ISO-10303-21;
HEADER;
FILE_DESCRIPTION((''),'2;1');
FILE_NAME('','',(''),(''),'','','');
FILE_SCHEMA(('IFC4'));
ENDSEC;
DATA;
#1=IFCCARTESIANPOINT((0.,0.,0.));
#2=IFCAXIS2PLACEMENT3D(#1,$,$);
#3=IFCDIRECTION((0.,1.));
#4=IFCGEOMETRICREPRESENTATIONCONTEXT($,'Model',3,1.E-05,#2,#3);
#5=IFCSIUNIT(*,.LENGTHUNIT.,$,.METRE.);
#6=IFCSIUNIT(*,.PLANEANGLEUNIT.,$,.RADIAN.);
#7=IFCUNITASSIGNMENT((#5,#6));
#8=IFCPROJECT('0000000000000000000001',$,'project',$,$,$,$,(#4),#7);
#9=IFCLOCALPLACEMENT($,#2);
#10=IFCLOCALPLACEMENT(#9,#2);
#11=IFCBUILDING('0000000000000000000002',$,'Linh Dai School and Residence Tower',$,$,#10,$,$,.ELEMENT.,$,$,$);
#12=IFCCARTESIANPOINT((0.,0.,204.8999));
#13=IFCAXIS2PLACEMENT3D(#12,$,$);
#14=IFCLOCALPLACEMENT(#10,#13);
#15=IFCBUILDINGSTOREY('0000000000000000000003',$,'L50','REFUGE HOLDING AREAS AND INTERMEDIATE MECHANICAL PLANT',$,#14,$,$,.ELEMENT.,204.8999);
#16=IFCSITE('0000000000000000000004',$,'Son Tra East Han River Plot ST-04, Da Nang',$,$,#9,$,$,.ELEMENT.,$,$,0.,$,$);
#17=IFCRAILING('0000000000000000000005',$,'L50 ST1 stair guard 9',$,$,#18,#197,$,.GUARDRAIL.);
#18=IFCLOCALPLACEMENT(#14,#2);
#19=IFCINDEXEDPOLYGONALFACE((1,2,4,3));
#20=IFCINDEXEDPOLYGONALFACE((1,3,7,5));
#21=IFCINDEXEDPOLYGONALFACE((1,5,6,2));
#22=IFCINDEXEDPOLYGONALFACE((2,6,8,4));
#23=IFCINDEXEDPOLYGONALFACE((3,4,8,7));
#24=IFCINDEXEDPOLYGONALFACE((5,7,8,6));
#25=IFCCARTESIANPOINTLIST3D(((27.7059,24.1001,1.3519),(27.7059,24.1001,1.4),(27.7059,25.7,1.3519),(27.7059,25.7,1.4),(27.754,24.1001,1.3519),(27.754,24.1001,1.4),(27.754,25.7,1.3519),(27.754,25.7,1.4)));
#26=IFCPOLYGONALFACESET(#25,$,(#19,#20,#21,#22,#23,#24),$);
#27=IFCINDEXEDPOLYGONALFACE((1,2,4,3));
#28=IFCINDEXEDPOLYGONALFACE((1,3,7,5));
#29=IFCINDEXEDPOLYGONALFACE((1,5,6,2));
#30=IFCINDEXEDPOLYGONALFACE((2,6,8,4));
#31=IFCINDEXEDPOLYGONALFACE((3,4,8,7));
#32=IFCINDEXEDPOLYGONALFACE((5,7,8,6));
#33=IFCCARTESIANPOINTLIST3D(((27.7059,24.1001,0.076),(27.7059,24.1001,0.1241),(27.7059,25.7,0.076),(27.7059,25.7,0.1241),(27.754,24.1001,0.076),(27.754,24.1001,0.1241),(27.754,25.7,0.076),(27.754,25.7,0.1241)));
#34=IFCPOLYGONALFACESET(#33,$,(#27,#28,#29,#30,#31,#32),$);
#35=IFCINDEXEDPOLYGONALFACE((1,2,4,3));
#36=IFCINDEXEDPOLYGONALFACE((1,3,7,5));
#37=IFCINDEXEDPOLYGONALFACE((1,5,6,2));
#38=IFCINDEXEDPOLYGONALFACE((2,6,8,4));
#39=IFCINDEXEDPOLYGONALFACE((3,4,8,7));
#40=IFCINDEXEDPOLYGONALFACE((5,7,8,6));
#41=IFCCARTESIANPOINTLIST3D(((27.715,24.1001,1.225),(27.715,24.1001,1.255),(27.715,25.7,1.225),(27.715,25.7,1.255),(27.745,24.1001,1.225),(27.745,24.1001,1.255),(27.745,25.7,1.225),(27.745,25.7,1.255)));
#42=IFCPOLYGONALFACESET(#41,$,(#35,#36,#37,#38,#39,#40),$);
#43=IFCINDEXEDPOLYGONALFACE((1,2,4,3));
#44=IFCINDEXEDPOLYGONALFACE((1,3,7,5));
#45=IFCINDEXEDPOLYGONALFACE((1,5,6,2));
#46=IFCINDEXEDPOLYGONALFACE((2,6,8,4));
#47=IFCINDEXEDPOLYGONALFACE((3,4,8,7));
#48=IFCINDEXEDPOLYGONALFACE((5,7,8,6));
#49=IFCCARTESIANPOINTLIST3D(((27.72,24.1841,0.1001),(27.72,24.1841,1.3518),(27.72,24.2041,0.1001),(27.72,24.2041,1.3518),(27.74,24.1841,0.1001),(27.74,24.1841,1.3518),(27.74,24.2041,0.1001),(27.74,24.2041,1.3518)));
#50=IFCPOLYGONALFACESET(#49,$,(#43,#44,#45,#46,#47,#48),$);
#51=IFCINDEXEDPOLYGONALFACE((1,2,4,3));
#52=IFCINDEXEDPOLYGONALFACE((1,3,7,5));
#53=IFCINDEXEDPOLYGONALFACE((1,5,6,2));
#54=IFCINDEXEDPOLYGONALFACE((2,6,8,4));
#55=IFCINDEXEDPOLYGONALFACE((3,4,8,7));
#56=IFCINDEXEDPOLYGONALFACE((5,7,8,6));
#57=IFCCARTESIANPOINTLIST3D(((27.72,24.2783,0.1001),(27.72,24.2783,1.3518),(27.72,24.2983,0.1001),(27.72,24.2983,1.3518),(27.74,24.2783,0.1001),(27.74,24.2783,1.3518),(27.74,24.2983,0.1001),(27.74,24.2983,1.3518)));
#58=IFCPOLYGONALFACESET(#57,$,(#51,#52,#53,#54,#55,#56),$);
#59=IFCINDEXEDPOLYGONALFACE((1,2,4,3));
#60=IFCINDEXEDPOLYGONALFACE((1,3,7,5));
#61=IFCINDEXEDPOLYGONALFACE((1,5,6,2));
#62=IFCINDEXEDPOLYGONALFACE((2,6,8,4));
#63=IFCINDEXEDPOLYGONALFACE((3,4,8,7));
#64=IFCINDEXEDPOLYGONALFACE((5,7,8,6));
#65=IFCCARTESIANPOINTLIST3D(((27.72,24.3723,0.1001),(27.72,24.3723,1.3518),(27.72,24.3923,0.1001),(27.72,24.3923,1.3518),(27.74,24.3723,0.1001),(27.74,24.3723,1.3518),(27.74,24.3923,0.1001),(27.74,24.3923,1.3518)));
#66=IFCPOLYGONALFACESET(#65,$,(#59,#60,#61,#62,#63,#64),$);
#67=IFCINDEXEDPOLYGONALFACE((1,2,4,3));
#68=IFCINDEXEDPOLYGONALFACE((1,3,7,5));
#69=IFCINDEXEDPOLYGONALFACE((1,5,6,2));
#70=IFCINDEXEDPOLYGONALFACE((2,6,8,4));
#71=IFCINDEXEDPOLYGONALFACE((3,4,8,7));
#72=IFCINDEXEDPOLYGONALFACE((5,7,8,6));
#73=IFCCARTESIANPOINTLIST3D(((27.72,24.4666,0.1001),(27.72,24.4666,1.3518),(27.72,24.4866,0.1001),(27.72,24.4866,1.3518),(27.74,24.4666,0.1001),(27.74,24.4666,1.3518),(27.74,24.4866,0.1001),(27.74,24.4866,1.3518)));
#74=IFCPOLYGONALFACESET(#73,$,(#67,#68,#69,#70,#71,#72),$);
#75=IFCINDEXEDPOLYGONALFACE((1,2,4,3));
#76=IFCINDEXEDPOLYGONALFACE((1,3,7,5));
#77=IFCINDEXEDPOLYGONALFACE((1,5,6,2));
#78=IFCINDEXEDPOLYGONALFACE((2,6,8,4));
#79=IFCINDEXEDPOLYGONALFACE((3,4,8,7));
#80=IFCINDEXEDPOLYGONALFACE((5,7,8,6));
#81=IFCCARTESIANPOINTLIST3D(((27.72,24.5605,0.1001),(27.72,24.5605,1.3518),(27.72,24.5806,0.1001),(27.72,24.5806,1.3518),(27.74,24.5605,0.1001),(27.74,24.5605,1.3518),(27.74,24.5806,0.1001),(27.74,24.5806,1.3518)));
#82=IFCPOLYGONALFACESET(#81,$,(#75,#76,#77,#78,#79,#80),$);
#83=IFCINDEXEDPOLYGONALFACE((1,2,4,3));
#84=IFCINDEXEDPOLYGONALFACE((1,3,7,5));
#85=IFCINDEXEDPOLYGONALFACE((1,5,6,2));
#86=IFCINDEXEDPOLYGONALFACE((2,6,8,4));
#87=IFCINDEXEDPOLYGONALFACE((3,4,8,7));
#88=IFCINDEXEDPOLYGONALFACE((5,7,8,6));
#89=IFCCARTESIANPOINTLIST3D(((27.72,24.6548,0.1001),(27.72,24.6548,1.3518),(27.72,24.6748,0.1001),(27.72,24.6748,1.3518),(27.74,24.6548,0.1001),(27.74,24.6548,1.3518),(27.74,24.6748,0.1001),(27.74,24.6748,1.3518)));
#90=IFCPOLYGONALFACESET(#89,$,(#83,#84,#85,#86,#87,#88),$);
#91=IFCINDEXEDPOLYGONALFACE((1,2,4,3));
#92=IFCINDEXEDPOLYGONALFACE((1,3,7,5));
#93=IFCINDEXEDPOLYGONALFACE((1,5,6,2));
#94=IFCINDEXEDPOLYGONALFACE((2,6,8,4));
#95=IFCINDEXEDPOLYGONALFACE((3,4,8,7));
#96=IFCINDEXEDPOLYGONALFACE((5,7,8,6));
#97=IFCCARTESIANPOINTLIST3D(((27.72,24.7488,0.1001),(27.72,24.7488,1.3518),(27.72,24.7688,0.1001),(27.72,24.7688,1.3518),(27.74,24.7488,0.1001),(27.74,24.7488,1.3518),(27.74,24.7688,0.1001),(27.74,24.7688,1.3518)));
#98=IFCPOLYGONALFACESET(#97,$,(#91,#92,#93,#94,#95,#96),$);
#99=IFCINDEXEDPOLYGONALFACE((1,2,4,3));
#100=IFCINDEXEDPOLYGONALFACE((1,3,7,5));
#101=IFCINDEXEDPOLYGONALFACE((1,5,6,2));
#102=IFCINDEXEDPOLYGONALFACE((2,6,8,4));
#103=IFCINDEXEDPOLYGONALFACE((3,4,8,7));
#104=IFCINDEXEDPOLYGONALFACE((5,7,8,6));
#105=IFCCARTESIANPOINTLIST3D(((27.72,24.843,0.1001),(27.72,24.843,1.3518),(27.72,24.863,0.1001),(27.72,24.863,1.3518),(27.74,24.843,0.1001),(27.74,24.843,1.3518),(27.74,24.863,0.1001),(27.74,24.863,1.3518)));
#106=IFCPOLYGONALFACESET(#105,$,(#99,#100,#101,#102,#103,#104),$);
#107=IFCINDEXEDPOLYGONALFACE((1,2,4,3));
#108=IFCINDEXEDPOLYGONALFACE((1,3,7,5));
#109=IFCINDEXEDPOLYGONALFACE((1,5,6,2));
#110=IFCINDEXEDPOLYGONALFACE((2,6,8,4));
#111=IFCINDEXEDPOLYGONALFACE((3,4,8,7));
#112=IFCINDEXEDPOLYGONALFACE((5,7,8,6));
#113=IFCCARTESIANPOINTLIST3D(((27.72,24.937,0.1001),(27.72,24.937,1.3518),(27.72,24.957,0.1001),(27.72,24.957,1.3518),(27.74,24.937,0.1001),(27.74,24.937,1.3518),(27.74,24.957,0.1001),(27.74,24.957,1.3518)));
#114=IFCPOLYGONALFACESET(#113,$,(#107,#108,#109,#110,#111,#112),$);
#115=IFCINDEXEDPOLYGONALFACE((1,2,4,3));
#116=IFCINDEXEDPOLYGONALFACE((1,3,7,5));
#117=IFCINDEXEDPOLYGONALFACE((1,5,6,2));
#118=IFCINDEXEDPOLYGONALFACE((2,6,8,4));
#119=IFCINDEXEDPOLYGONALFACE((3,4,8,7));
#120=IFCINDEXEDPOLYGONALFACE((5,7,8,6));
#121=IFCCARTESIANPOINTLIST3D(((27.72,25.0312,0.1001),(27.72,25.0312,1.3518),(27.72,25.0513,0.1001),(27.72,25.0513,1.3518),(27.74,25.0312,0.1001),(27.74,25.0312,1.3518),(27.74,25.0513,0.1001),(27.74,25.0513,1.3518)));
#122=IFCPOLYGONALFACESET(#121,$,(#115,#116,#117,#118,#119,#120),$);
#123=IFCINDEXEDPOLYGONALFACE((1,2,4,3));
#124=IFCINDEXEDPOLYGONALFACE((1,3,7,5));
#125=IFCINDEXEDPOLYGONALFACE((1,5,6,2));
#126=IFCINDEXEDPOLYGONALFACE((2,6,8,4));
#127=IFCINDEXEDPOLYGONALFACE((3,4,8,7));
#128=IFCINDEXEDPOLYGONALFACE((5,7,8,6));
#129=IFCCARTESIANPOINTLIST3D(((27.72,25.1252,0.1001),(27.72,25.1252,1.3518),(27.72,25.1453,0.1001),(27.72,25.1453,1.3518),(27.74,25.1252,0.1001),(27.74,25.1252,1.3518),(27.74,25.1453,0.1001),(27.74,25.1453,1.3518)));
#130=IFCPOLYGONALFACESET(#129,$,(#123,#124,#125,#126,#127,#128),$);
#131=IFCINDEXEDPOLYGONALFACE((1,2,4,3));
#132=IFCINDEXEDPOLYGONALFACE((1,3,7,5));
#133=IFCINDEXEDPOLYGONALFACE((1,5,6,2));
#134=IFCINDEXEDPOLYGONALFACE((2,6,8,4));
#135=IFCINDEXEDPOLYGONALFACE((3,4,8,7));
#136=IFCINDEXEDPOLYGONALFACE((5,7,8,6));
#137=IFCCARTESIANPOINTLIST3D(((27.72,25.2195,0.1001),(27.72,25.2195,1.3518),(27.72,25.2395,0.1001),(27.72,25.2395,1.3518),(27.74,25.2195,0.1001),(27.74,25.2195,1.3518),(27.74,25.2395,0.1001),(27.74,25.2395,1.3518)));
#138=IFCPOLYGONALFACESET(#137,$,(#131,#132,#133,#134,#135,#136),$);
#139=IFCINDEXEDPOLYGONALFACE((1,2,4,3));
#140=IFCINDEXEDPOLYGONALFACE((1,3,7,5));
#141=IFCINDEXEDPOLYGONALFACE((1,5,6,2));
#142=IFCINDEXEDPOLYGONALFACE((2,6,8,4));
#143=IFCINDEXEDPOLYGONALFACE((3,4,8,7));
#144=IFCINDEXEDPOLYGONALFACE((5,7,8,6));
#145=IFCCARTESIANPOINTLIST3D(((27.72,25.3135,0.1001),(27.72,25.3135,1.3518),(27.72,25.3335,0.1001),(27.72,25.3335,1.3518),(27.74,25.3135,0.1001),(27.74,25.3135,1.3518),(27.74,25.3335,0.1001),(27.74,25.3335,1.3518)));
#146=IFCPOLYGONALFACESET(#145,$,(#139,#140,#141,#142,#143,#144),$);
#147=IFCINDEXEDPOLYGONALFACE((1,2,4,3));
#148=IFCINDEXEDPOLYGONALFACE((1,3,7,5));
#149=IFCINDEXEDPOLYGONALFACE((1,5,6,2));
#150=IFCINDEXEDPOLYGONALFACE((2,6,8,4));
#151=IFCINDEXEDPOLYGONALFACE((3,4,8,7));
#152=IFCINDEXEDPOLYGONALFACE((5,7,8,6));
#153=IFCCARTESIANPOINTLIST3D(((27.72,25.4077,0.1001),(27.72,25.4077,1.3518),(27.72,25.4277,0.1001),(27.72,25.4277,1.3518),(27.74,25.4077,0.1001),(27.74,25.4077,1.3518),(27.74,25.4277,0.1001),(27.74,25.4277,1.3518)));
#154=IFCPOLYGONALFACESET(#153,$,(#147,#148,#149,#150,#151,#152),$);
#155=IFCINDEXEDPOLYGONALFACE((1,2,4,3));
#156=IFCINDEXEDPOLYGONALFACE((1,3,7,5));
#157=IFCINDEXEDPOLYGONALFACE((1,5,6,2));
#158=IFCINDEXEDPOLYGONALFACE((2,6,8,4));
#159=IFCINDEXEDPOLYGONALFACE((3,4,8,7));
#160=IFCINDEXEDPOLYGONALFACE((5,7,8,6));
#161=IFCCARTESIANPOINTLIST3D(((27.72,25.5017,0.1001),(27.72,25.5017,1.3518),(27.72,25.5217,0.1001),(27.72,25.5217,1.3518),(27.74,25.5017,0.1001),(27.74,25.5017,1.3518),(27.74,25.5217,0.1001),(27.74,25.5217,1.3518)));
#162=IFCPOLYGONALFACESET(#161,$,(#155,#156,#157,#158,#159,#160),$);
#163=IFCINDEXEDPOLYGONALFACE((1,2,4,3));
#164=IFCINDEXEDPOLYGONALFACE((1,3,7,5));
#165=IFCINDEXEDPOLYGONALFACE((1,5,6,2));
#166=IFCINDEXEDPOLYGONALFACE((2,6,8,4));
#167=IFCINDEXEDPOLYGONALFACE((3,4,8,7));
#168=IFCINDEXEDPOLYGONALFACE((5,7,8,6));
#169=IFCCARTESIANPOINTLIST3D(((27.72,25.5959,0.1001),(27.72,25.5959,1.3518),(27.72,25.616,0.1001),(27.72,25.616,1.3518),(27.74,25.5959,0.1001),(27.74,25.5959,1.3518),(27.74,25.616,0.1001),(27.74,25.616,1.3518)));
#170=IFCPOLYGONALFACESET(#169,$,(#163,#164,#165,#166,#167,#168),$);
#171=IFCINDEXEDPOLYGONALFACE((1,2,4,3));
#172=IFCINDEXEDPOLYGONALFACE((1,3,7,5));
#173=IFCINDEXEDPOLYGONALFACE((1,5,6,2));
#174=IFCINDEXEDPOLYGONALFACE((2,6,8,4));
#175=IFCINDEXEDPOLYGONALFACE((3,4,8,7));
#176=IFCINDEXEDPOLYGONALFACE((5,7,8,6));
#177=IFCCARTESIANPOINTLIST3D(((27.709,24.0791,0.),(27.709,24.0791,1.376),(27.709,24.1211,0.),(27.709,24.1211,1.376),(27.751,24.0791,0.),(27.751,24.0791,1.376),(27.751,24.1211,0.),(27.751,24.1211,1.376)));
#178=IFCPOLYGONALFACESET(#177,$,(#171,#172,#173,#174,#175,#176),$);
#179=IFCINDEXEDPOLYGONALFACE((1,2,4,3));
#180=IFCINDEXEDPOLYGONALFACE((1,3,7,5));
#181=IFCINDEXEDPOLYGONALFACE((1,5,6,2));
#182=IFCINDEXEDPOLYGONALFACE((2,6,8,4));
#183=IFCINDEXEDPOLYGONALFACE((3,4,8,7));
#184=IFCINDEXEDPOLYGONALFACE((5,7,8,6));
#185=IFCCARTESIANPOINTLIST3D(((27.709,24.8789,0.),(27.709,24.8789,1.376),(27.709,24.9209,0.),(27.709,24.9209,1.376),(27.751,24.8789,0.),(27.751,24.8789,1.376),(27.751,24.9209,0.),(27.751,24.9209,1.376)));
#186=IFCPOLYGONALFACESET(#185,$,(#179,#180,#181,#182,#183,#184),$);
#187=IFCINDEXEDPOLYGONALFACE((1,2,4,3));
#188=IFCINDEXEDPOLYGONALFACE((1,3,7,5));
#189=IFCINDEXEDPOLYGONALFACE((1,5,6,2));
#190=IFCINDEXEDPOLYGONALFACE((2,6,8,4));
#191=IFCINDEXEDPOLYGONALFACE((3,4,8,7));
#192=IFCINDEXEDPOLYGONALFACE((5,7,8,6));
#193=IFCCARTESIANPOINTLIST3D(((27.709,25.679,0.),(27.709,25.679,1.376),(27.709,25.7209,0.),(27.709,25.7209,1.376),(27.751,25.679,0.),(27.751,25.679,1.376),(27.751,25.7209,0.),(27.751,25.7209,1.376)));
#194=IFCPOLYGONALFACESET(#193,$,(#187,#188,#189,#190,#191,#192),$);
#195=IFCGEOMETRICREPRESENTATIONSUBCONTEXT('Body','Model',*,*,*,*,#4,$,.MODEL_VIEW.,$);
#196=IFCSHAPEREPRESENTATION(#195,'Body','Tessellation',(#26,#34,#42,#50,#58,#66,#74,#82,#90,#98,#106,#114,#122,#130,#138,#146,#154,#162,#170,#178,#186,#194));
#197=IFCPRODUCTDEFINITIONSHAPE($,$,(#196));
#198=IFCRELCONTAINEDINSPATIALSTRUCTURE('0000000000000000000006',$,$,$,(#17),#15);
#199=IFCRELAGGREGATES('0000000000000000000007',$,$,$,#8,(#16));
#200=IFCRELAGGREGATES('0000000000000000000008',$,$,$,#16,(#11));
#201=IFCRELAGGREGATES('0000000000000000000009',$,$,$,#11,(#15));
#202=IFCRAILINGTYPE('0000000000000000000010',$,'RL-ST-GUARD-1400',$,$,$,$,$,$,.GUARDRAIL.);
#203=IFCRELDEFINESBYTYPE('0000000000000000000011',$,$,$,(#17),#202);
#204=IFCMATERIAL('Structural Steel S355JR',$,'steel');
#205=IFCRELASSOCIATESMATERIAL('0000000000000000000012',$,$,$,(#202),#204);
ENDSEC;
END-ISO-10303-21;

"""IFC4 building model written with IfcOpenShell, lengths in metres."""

from ifc_helpers import new_model, si_unit, direction, frame, origin, origin_2d, place, context, subcontext, project, spatial, rectangle, extrude, source, transform, mapped, material, type_object, element, save


model = new_model("IFC4")

# Units and contexts
model_context = context("Model", 3, precision=1e-05, world=origin(), true_north=direction((0.0, 1.0)))
body_context = subcontext(model_context, "Body", "Model", "MODEL_VIEW")
ifc_project = project(units=[si_unit("LENGTHUNIT", "METRE"), si_unit("PLANEANGLEUNIT", "RADIAN")], contexts=[model_context])

# Site, building, storey
site_placement = place(None, origin())
site = spatial("IfcSite", under=ifc_project, at=site_placement, Name="Son Tra East Han River Plot ST-04, Da Nang", CompositionType="ELEMENT", RefElevation=0.0)
building_placement = place(site_placement, origin())
building = spatial("IfcBuilding", under=site, at=building_placement, Name="Linh Dai School and Residence Tower", CompositionType="ELEMENT")
storey_placement = place(building_placement, frame((0.0, 0.0, 204.8999)))
storey = spatial("IfcBuildingStorey", under=building, at=storey_placement, Name="L50", Description="REFUGE HOLDING AREAS AND INTERMEDIATE MECHANICAL PLANT", CompositionType="ELEMENT", Elevation=204.8999)

# Shared definitions
ifc_material_1 = material(Name="Structural Steel S355JR", Category="steel")

# Railing
railing_type_1 = type_object("IfcRailingType", Name="RL-ST-GUARD-1400", PredefinedType="GUARDRAIL", material=ifc_material_1)
shared_shape_1 = source(origin(), body_context, "Body", "SweptSolid", [
    extrude(rectangle(XDim=0.0481, YDim=0.0481, at=origin_2d()), frame((0.0, 0.0, 1.376), z_axis=(0.0, 1.0, 0.0), x_axis=(-1.0, 0.0, 0.0)), (0.0, 0.0, 1.0), 1.5999),
    extrude(rectangle(XDim=0.0481, YDim=0.0481, at=origin_2d()), frame((0.0, 0.0, 0.1001), z_axis=(0.0, 1.0, 0.0), x_axis=(-1.0, 0.0, 0.0)), (0.0, 0.0, 1.0), 1.5999),
    extrude(rectangle(XDim=0.03, YDim=0.03, at=origin_2d()), frame((0.0, 0.0, 1.24), z_axis=(0.0, 1.0, 0.0), x_axis=(-1.0, 0.0, 0.0)), (0.0, 0.0, 1.0), 1.5999),
    extrude(rectangle(XDim=0.02, YDim=0.02, at=origin_2d()), frame((0.0, 0.094, 0.1001)), (0.0, 0.0, 1.0), 1.2517),
    extrude(rectangle(XDim=0.02, YDim=0.02, at=origin_2d()), frame((0.0, 0.1882, 0.1001)), (0.0, 0.0, 1.0), 1.2517),
    extrude(rectangle(XDim=0.02, YDim=0.02, at=origin_2d()), frame((0.0, 0.2822, 0.1001)), (0.0, 0.0, 1.0), 1.2517),
    extrude(rectangle(XDim=0.02, YDim=0.02, at=origin_2d()), frame((0.0, 0.3765, 0.1001)), (0.0, 0.0, 1.0), 1.2517),
    extrude(rectangle(XDim=0.02, YDim=0.02, at=origin_2d()), frame((0.0, 0.4705, 0.1001)), (0.0, 0.0, 1.0), 1.2517),
    extrude(rectangle(XDim=0.02, YDim=0.02, at=origin_2d()), frame((0.0, 0.5647, 0.1001)), (0.0, 0.0, 1.0), 1.2517),
    extrude(rectangle(XDim=0.02, YDim=0.02, at=origin_2d()), frame((0.0, 0.6587, 0.1001)), (0.0, 0.0, 1.0), 1.2517),
    extrude(rectangle(XDim=0.02, YDim=0.02, at=origin_2d()), frame((0.0, 0.7529, 0.1001)), (0.0, 0.0, 1.0), 1.2517),
    extrude(rectangle(XDim=0.02, YDim=0.02, at=origin_2d()), frame((0.0, 0.8469, 0.1001)), (0.0, 0.0, 1.0), 1.2517),
    extrude(rectangle(XDim=0.02, YDim=0.02, at=origin_2d()), frame((0.0, 0.9412, 0.1001)), (0.0, 0.0, 1.0), 1.2517),
    extrude(rectangle(XDim=0.02, YDim=0.02, at=origin_2d()), frame((0.0, 1.0352, 0.1001)), (0.0, 0.0, 1.0), 1.2517),
    extrude(rectangle(XDim=0.02, YDim=0.02, at=origin_2d()), frame((0.0, 1.1294, 0.1001)), (0.0, 0.0, 1.0), 1.2517),
    extrude(rectangle(XDim=0.02, YDim=0.02, at=origin_2d()), frame((0.0, 1.2234, 0.1001)), (0.0, 0.0, 1.0), 1.2517),
    extrude(rectangle(XDim=0.02, YDim=0.02, at=origin_2d()), frame((0.0, 1.3176, 0.1001)), (0.0, 0.0, 1.0), 1.2517),
    extrude(rectangle(XDim=0.02, YDim=0.02, at=origin_2d()), frame((0.0, 1.4116, 0.1001)), (0.0, 0.0, 1.0), 1.2517),
    extrude(rectangle(XDim=0.02, YDim=0.02, at=origin_2d()), frame((0.0, 1.5059, 0.1001)), (0.0, 0.0, 1.0), 1.2517),
    extrude(rectangle(XDim=0.042, YDim=0.042, at=origin_2d()), origin(), (0.0, 0.0, 1.0), 1.376),
    extrude(rectangle(XDim=0.042, YDim=0.042, at=origin_2d()), frame((0.0, 0.7998, 0.0)), (0.0, 0.0, 1.0), 1.376),
    extrude(rectangle(XDim=0.042, YDim=0.042, at=origin_2d()), frame((0.0, 1.5999, 0.0)), (0.0, 0.0, 1.0), 1.376),
])
for number, where, name in (
    (1, (27.73, 24.1001, 0.0), "L50 ST1 stair guard 9"),
):
    element("IfcRailing", number, at=place(storey_placement, frame(where)), inside=storey, type_object=railing_type_1, Name=name, PredefinedType="GUARDRAIL", context=body_context, shape_type="MappedRepresentation", body=[
        mapped(shared_shape_1, transform((0.0, 0.0, 0.0), x_axis=(1.0, 0.0, 0.0), y_axis=(0.0, 1.0, 0.0), z_axis=(0.0, 0.0, 1.0), scale=1.0)),
    ])

save(model, "model.ifc")
